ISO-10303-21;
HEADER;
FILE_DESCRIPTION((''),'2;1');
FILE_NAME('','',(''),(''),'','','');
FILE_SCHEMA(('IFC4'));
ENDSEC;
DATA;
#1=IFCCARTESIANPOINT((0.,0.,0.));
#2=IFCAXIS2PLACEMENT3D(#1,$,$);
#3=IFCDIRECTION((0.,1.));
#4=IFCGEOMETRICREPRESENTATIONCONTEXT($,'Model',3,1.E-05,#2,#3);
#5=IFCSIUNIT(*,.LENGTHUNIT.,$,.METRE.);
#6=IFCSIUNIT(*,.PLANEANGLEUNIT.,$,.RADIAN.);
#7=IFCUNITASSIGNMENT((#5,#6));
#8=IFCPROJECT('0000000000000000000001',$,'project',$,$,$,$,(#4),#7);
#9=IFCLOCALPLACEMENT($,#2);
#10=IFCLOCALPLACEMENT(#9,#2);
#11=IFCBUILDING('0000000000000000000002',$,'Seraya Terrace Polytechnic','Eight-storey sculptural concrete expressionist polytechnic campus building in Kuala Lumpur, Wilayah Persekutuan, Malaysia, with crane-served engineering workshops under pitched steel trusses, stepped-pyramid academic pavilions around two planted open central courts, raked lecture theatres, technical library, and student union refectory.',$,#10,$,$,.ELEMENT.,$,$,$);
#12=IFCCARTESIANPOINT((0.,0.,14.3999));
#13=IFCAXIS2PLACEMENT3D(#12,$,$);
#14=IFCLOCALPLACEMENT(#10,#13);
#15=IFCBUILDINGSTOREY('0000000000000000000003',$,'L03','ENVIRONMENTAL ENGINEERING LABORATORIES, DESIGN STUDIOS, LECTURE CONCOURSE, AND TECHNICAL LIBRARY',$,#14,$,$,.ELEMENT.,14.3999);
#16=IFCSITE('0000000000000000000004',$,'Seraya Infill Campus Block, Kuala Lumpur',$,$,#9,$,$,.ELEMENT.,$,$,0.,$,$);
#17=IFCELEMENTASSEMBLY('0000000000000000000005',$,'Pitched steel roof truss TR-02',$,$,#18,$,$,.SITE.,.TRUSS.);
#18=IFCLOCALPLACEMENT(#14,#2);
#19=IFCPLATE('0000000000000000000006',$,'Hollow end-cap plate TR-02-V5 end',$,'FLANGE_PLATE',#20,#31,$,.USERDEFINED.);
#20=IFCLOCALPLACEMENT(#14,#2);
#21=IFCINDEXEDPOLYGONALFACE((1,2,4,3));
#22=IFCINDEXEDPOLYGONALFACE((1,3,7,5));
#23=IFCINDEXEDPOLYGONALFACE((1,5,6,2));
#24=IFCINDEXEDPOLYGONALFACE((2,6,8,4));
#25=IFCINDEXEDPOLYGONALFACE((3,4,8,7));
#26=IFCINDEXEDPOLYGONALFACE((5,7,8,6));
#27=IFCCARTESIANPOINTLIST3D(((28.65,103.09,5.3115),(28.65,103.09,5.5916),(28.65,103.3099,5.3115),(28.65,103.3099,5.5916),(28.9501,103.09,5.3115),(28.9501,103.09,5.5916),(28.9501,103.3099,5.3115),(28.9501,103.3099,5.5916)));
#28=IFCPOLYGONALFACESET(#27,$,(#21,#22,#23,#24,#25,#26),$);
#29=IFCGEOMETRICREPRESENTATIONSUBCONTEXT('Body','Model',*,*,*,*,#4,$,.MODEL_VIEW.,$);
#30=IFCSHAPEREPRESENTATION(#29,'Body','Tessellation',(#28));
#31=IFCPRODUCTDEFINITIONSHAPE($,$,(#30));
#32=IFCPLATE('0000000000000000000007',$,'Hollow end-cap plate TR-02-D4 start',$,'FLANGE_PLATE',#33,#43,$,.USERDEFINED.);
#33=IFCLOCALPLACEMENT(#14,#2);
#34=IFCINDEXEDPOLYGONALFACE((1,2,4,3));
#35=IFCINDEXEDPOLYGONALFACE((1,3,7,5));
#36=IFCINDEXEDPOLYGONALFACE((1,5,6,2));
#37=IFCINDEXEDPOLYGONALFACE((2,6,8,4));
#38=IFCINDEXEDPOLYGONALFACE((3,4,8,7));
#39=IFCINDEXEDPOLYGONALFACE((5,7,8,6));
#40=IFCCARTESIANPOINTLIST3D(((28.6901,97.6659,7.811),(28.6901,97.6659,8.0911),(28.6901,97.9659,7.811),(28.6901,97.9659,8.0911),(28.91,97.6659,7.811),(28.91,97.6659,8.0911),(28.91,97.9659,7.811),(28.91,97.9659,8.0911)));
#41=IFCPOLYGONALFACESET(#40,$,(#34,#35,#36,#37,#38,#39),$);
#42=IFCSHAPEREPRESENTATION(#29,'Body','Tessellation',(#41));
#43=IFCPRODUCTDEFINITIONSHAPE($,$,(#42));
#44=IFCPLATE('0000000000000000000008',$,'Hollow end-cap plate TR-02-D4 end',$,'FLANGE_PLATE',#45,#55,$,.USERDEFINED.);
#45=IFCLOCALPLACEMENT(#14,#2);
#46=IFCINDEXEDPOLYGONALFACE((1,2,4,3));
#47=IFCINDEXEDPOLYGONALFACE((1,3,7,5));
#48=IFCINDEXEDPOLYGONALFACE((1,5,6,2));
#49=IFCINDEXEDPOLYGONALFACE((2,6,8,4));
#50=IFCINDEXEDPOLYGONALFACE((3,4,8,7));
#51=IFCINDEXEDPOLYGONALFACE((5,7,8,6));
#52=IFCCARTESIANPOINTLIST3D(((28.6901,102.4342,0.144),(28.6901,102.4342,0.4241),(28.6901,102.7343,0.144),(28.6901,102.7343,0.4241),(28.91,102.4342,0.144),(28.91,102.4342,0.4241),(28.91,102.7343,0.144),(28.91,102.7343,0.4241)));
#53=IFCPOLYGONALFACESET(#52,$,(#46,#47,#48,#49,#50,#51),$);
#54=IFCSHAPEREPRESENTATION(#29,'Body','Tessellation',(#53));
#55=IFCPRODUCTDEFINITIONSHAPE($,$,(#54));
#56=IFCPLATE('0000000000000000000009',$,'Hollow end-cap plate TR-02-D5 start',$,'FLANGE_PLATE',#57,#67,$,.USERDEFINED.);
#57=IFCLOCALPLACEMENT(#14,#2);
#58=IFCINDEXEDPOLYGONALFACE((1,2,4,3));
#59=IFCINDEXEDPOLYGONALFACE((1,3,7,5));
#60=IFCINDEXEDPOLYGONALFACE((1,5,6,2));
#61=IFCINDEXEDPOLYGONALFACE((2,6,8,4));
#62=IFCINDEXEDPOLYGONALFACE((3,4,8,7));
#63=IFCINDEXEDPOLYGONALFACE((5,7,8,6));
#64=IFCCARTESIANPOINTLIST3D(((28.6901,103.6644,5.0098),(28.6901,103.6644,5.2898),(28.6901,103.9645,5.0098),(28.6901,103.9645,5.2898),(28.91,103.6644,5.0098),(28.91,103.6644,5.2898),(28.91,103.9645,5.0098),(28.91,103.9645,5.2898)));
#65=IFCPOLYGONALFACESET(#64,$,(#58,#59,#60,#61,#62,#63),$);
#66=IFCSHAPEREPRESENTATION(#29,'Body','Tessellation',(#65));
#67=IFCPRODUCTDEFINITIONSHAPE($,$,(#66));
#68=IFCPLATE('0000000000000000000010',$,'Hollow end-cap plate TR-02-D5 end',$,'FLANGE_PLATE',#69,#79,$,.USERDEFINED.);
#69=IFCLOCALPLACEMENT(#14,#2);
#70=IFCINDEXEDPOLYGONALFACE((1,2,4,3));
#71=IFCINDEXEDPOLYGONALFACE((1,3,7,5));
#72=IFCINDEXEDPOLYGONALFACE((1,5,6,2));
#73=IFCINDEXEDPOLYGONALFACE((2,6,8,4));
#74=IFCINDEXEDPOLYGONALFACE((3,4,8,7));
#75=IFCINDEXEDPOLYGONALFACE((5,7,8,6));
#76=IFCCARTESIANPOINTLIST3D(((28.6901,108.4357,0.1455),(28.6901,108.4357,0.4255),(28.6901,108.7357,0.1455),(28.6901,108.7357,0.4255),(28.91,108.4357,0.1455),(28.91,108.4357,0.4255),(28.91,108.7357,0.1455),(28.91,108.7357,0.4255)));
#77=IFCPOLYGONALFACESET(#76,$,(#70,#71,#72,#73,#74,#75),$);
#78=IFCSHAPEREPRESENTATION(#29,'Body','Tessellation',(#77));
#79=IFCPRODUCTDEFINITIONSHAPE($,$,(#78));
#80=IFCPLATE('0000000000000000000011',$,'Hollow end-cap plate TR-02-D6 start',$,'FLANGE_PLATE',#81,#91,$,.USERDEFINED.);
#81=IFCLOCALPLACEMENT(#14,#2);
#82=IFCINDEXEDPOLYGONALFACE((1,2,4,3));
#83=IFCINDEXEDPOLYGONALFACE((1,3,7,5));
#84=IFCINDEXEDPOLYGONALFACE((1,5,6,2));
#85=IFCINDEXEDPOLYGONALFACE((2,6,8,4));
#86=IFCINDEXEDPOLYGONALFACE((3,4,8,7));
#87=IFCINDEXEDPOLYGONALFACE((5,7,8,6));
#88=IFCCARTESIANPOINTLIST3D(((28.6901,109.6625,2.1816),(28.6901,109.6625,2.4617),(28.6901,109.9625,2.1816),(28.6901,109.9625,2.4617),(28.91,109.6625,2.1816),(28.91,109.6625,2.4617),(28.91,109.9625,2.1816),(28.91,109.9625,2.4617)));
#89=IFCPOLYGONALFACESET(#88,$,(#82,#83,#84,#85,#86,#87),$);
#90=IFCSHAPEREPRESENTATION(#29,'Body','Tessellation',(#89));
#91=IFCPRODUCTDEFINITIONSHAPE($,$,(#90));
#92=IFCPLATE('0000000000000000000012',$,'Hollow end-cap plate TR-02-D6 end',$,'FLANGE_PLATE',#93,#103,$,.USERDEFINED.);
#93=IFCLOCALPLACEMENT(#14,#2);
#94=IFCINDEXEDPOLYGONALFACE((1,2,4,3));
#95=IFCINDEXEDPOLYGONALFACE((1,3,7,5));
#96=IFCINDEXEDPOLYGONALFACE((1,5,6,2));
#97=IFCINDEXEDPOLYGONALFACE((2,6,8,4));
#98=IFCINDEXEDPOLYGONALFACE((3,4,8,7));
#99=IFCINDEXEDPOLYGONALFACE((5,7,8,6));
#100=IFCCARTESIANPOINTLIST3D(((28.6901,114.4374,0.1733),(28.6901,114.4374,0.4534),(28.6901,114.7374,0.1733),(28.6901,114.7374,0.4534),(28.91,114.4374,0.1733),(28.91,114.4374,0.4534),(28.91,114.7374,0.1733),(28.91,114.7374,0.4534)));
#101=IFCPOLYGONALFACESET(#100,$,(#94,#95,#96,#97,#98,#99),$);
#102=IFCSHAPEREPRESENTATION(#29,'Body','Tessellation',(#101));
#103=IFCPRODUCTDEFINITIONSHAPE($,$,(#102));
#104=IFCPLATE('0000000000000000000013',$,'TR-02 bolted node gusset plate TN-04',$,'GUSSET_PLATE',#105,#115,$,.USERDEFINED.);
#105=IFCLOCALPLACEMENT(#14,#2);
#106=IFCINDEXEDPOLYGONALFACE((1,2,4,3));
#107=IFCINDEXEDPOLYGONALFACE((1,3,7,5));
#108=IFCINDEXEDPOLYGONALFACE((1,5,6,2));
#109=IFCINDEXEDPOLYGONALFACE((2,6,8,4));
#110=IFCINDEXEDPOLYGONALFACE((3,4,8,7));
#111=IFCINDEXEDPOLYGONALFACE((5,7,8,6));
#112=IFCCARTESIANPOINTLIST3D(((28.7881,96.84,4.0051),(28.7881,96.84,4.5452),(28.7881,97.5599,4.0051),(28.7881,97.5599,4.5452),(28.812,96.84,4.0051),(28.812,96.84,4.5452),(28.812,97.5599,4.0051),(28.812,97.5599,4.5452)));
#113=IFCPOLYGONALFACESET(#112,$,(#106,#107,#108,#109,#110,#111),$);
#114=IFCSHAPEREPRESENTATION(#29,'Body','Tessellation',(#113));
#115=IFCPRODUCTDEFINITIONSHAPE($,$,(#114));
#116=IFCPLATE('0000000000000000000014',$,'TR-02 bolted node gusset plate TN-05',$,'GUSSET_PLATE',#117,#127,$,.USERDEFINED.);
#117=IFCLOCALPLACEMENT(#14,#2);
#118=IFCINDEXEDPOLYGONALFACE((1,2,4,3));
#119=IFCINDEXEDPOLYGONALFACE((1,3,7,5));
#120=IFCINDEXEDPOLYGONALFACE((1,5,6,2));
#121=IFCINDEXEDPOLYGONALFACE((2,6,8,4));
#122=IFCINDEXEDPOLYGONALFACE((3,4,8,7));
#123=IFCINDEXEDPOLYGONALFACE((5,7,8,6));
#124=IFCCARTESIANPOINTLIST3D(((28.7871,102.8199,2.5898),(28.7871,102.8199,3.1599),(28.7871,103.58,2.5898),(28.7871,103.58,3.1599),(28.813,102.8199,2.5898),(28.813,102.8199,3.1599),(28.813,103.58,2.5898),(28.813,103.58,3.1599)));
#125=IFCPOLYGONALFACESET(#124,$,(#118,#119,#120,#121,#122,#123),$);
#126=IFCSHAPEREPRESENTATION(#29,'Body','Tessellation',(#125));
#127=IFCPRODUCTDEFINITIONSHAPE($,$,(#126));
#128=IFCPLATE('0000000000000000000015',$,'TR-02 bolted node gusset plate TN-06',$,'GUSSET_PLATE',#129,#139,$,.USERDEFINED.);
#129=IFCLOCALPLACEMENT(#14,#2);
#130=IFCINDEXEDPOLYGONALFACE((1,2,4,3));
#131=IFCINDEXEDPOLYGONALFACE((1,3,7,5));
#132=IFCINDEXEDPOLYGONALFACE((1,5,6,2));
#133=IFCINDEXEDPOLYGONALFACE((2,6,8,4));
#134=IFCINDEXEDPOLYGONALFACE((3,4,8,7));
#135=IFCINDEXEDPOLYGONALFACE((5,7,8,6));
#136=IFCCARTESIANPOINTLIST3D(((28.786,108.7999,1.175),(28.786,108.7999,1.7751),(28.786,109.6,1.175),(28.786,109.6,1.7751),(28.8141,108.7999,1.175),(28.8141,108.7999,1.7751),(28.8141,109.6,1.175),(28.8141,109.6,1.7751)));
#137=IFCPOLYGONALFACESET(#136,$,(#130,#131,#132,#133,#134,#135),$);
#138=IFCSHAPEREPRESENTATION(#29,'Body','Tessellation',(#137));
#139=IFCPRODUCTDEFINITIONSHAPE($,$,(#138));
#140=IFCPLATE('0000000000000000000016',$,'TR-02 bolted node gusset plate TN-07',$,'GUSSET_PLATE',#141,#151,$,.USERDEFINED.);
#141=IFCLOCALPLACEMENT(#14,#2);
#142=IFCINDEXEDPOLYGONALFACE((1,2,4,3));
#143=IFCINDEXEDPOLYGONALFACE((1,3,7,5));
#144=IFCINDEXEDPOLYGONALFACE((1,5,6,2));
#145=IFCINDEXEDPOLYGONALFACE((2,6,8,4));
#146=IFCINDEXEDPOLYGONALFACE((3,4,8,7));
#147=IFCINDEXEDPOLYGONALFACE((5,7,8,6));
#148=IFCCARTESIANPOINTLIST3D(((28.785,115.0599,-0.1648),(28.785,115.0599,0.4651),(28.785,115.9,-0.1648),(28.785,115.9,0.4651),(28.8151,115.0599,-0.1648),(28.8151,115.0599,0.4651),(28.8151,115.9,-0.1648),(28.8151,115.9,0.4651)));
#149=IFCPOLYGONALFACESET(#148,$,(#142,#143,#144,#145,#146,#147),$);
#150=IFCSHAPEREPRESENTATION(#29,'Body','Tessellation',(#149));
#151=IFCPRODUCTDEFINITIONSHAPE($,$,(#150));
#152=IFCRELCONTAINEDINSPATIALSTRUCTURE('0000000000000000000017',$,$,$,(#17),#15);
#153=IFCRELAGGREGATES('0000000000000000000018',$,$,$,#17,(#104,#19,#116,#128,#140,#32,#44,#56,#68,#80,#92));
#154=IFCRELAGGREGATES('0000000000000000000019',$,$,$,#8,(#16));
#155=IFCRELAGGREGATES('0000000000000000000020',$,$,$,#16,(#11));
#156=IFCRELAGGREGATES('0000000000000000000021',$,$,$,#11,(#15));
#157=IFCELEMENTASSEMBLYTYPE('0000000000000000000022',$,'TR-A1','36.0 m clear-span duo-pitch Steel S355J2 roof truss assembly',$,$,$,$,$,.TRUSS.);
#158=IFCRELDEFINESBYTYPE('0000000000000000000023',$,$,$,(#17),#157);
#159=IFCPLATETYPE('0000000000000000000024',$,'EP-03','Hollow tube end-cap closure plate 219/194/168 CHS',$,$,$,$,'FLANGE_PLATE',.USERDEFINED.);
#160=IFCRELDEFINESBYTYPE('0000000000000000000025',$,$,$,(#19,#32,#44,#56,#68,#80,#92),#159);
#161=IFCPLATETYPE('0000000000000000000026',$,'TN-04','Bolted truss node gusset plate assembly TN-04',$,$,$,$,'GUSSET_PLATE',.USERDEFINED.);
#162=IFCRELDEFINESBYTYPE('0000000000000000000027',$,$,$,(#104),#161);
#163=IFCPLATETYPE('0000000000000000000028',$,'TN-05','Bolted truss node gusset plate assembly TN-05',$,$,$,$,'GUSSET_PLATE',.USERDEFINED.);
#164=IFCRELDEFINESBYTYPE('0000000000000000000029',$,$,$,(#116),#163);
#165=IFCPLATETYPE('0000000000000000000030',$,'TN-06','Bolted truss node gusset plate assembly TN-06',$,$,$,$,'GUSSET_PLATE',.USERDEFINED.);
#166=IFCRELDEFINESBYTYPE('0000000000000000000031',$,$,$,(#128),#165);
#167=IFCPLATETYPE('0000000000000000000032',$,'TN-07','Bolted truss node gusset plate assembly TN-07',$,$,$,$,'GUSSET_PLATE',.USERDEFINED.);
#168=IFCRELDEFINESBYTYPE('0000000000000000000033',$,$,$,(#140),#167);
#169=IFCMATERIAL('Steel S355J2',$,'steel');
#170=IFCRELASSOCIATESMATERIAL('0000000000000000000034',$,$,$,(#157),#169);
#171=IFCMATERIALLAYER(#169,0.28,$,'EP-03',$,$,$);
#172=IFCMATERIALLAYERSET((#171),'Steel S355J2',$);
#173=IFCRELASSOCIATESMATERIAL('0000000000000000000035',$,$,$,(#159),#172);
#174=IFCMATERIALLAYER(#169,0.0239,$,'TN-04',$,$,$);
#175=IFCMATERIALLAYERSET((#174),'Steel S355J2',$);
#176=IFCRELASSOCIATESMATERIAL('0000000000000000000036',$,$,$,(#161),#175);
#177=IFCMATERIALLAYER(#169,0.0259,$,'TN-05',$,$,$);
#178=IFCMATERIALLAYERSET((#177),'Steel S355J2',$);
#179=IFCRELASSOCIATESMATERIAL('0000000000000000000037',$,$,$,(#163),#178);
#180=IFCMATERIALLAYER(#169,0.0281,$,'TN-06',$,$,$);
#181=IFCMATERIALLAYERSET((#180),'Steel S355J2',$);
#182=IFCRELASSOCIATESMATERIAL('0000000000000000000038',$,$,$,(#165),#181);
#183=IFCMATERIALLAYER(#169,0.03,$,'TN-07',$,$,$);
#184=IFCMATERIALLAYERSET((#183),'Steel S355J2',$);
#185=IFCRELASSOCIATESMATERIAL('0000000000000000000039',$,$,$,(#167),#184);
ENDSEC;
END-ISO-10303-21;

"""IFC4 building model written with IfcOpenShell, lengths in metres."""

from ifc_helpers import new_model, si_unit, direction, frame, origin, origin_2d, place, context, subcontext, project, spatial, rectangle, extrude, material, layer, layer_set, type_object, element, aggregate, save


model = new_model("IFC4")

# Units and contexts
model_context = context("Model", 3, precision=1e-05, world=origin(), true_north=direction((0.0, 1.0)))
body_context = subcontext(model_context, "Body", "Model", "MODEL_VIEW")
ifc_project = project(units=[si_unit("LENGTHUNIT", "METRE"), si_unit("PLANEANGLEUNIT", "RADIAN")], contexts=[model_context])

# Site, building, storey
site_placement = place(None, origin())
site = spatial("IfcSite", under=ifc_project, at=site_placement, Name="Seraya Infill Campus Block, Kuala Lumpur", CompositionType="ELEMENT", RefElevation=0.0)
building_placement = place(site_placement, origin())
building = spatial("IfcBuilding", under=site, at=building_placement, Name="Seraya Terrace Polytechnic", Description="Eight-storey sculptural concrete expressionist polytechnic campus building in Kuala Lumpur, Wilayah Persekutuan, Malaysia, with crane-served engineering workshops under pitched steel trusses, stepped-pyramid academic pavilions around two planted open central courts, raked lecture theatres, technical library, and student union refectory.", CompositionType="ELEMENT")
storey_placement = place(building_placement, frame((0.0, 0.0, 14.3999)))
storey = spatial("IfcBuildingStorey", under=building, at=storey_placement, Name="L03", Description="ENVIRONMENTAL ENGINEERING LABORATORIES, DESIGN STUDIOS, LECTURE CONCOURSE, AND TECHNICAL LIBRARY", CompositionType="ELEMENT", Elevation=14.3999)

# Element assembly
ifc_material_1 = material(Name="Steel S355J2", Category="steel")
element_assembly_type = type_object("IfcElementAssemblyType", Name="TR-A1", Description="36.0 m clear-span duo-pitch Steel S355J2 roof truss assembly", PredefinedType="TRUSS", material=ifc_material_1)
assembly_placement = place(storey_placement, origin())
assembly = element("IfcElementAssembly", 1, at=assembly_placement, inside=storey, type_object=element_assembly_type, Name="Pitched steel roof truss TR-02", AssemblyPlace="SITE", PredefinedType="TRUSS")

# Plates
ifc_layer_1 = layer(ifc_material_1, 0.28, Name="EP-03")
ifc_layer_set_1 = layer_set([ifc_layer_1], Name="Steel S355J2")
plate_type_1 = type_object("IfcPlateType", Name="EP-03", Description="Hollow tube end-cap closure plate 219/194/168 CHS", ElementType="FLANGE_PLATE", PredefinedType="USERDEFINED", material=ifc_layer_set_1)
plate_1_placement = place(storey_placement, frame((28.8, 103.2, 5.3115), z_axis=(0.0, 0.0, 1.0), x_axis=(1.0, 0.0, 0.0)))
plate_1 = element("IfcPlate", 2, at=plate_1_placement, type_object=plate_type_1, Name="Hollow end-cap plate TR-02-V5 end", ObjectType="FLANGE_PLATE", PredefinedType="USERDEFINED", context=body_context, shape_type="SweptSolid", body=[
    extrude(rectangle(XDim=0.3, YDim=0.22, at=origin_2d()), origin(), (0.0, 0.0, 1.0), 0.28),
])
plate_2_placement = place(storey_placement, frame((28.8, 97.8159, 7.811), z_axis=(0.0, 0.0, 1.0), x_axis=(0.0, 1.0, 0.0)))
plate_2 = element("IfcPlate", 3, at=plate_2_placement, type_object=plate_type_1, Name="Hollow end-cap plate TR-02-D4 start", ObjectType="FLANGE_PLATE", PredefinedType="USERDEFINED", context=body_context, shape_type="SweptSolid", body=[
    extrude(rectangle(XDim=0.3, YDim=0.22, at=origin_2d()), origin(), (0.0, 0.0, 1.0), 0.28),
])
plate_3_placement = place(storey_placement, frame((28.8, 102.5842, 0.144), z_axis=(0.0, 0.0, 1.0), x_axis=(0.0, 1.0, 0.0)))
plate_3 = element("IfcPlate", 4, at=plate_3_placement, type_object=plate_type_1, Name="Hollow end-cap plate TR-02-D4 end", ObjectType="FLANGE_PLATE", PredefinedType="USERDEFINED", context=body_context, shape_type="SweptSolid", body=[
    extrude(rectangle(XDim=0.3, YDim=0.22, at=origin_2d()), origin(), (0.0, 0.0, 1.0), 0.28),
])
plate_4_placement = place(storey_placement, frame((28.8, 103.8145, 5.0098), z_axis=(0.0, 0.0, 1.0), x_axis=(0.0, 1.0, 0.0)))
plate_4 = element("IfcPlate", 5, at=plate_4_placement, type_object=plate_type_1, Name="Hollow end-cap plate TR-02-D5 start", ObjectType="FLANGE_PLATE", PredefinedType="USERDEFINED", context=body_context, shape_type="SweptSolid", body=[
    extrude(rectangle(XDim=0.3, YDim=0.22, at=origin_2d()), origin(), (0.0, 0.0, 1.0), 0.28),
])
plate_5_placement = place(storey_placement, frame((28.8, 108.5857, 0.1455), z_axis=(0.0, 0.0, 1.0), x_axis=(0.0, 1.0, 0.0)))
plate_5 = element("IfcPlate", 6, at=plate_5_placement, type_object=plate_type_1, Name="Hollow end-cap plate TR-02-D5 end", ObjectType="FLANGE_PLATE", PredefinedType="USERDEFINED", context=body_context, shape_type="SweptSolid", body=[
    extrude(rectangle(XDim=0.3, YDim=0.22, at=origin_2d()), origin(), (0.0, 0.0, 1.0), 0.28),
])
plate_6_placement = place(storey_placement, frame((28.8, 109.8125, 2.1816), z_axis=(0.0, 0.0, 1.0), x_axis=(0.0, 1.0, 0.0)))
plate_6 = element("IfcPlate", 7, at=plate_6_placement, type_object=plate_type_1, Name="Hollow end-cap plate TR-02-D6 start", ObjectType="FLANGE_PLATE", PredefinedType="USERDEFINED", context=body_context, shape_type="SweptSolid", body=[
    extrude(rectangle(XDim=0.3, YDim=0.22, at=origin_2d()), origin(), (0.0, 0.0, 1.0), 0.28),
])
plate_7_placement = place(storey_placement, frame((28.8, 114.5874, 0.1733), z_axis=(0.0, 0.0, 1.0), x_axis=(0.0, 1.0, 0.0)))
plate_7 = element("IfcPlate", 8, at=plate_7_placement, type_object=plate_type_1, Name="Hollow end-cap plate TR-02-D6 end", ObjectType="FLANGE_PLATE", PredefinedType="USERDEFINED", context=body_context, shape_type="SweptSolid", body=[
    extrude(rectangle(XDim=0.3, YDim=0.22, at=origin_2d()), origin(), (0.0, 0.0, 1.0), 0.28),
])
ifc_layer_2 = layer(ifc_material_1, 0.0239, Name="TN-04")
ifc_layer_set_2 = layer_set([ifc_layer_2], Name="Steel S355J2")
plate_type_2 = type_object("IfcPlateType", Name="TN-04", Description="Bolted truss node gusset plate assembly TN-04", ElementType="GUSSET_PLATE", PredefinedType="USERDEFINED", material=ifc_layer_set_2)
plate_8_placement = place(storey_placement, frame((28.8, 97.2, 4.0051), z_axis=(0.0, 0.0, 1.0), x_axis=(0.0, 1.0, 0.0)))
plate_8 = element("IfcPlate", 9, at=plate_8_placement, type_object=plate_type_2, Name="TR-02 bolted node gusset plate TN-04", ObjectType="GUSSET_PLATE", PredefinedType="USERDEFINED", context=body_context, shape_type="SweptSolid", body=[
    extrude(rectangle(XDim=0.72, YDim=0.0239, at=origin_2d()), origin(), (0.0, 0.0, 1.0), 0.54),
])
ifc_layer_3 = layer(ifc_material_1, 0.0259, Name="TN-05")
ifc_layer_set_3 = layer_set([ifc_layer_3], Name="Steel S355J2")
plate_type_3 = type_object("IfcPlateType", Name="TN-05", Description="Bolted truss node gusset plate assembly TN-05", ElementType="GUSSET_PLATE", PredefinedType="USERDEFINED", material=ifc_layer_set_3)
plate_9_placement = place(storey_placement, frame((28.8, 103.2, 2.5898), z_axis=(0.0, 0.0, 1.0), x_axis=(0.0, 1.0, 0.0)))
plate_9 = element("IfcPlate", 10, at=plate_9_placement, type_object=plate_type_3, Name="TR-02 bolted node gusset plate TN-05", ObjectType="GUSSET_PLATE", PredefinedType="USERDEFINED", context=body_context, shape_type="SweptSolid", body=[
    extrude(rectangle(XDim=0.76, YDim=0.0259, at=origin_2d()), origin(), (0.0, 0.0, 1.0), 0.5701),
])
ifc_layer_4 = layer(ifc_material_1, 0.0281, Name="TN-06")
ifc_layer_set_4 = layer_set([ifc_layer_4], Name="Steel S355J2")
plate_type_4 = type_object("IfcPlateType", Name="TN-06", Description="Bolted truss node gusset plate assembly TN-06", ElementType="GUSSET_PLATE", PredefinedType="USERDEFINED", material=ifc_layer_set_4)
plate_10_placement = place(storey_placement, frame((28.8, 109.2, 1.175), z_axis=(0.0, 0.0, 1.0), x_axis=(0.0, 1.0, 0.0)))
plate_10 = element("IfcPlate", 11, at=plate_10_placement, type_object=plate_type_4, Name="TR-02 bolted node gusset plate TN-06", ObjectType="GUSSET_PLATE", PredefinedType="USERDEFINED", context=body_context, shape_type="SweptSolid", body=[
    extrude(rectangle(XDim=0.8, YDim=0.0281, at=origin_2d()), origin(), (0.0, 0.0, 1.0), 0.6001),
])
ifc_layer_5 = layer(ifc_material_1, 0.03, Name="TN-07")
ifc_layer_set_5 = layer_set([ifc_layer_5], Name="Steel S355J2")
plate_type_5 = type_object("IfcPlateType", Name="TN-07", Description="Bolted truss node gusset plate assembly TN-07", ElementType="GUSSET_PLATE", PredefinedType="USERDEFINED", material=ifc_layer_set_5)
plate_11_placement = place(storey_placement, frame((28.8, 115.48, -0.1648), z_axis=(0.0, 0.0, 1.0), x_axis=(0.0, 1.0, 0.0)))
plate_11 = element("IfcPlate", 12, at=plate_11_placement, type_object=plate_type_5, Name="TR-02 bolted node gusset plate TN-07", ObjectType="GUSSET_PLATE", PredefinedType="USERDEFINED", context=body_context, shape_type="SweptSolid", body=[
    extrude(rectangle(XDim=0.8401, YDim=0.03, at=origin_2d()), origin(), (0.0, 0.0, 1.0), 0.6299),
])
aggregate(assembly, [plate_8, plate_1, plate_9, plate_10, plate_11, plate_2, plate_3, plate_4, plate_5, plate_6, plate_7])

save(model, "model.ifc")
